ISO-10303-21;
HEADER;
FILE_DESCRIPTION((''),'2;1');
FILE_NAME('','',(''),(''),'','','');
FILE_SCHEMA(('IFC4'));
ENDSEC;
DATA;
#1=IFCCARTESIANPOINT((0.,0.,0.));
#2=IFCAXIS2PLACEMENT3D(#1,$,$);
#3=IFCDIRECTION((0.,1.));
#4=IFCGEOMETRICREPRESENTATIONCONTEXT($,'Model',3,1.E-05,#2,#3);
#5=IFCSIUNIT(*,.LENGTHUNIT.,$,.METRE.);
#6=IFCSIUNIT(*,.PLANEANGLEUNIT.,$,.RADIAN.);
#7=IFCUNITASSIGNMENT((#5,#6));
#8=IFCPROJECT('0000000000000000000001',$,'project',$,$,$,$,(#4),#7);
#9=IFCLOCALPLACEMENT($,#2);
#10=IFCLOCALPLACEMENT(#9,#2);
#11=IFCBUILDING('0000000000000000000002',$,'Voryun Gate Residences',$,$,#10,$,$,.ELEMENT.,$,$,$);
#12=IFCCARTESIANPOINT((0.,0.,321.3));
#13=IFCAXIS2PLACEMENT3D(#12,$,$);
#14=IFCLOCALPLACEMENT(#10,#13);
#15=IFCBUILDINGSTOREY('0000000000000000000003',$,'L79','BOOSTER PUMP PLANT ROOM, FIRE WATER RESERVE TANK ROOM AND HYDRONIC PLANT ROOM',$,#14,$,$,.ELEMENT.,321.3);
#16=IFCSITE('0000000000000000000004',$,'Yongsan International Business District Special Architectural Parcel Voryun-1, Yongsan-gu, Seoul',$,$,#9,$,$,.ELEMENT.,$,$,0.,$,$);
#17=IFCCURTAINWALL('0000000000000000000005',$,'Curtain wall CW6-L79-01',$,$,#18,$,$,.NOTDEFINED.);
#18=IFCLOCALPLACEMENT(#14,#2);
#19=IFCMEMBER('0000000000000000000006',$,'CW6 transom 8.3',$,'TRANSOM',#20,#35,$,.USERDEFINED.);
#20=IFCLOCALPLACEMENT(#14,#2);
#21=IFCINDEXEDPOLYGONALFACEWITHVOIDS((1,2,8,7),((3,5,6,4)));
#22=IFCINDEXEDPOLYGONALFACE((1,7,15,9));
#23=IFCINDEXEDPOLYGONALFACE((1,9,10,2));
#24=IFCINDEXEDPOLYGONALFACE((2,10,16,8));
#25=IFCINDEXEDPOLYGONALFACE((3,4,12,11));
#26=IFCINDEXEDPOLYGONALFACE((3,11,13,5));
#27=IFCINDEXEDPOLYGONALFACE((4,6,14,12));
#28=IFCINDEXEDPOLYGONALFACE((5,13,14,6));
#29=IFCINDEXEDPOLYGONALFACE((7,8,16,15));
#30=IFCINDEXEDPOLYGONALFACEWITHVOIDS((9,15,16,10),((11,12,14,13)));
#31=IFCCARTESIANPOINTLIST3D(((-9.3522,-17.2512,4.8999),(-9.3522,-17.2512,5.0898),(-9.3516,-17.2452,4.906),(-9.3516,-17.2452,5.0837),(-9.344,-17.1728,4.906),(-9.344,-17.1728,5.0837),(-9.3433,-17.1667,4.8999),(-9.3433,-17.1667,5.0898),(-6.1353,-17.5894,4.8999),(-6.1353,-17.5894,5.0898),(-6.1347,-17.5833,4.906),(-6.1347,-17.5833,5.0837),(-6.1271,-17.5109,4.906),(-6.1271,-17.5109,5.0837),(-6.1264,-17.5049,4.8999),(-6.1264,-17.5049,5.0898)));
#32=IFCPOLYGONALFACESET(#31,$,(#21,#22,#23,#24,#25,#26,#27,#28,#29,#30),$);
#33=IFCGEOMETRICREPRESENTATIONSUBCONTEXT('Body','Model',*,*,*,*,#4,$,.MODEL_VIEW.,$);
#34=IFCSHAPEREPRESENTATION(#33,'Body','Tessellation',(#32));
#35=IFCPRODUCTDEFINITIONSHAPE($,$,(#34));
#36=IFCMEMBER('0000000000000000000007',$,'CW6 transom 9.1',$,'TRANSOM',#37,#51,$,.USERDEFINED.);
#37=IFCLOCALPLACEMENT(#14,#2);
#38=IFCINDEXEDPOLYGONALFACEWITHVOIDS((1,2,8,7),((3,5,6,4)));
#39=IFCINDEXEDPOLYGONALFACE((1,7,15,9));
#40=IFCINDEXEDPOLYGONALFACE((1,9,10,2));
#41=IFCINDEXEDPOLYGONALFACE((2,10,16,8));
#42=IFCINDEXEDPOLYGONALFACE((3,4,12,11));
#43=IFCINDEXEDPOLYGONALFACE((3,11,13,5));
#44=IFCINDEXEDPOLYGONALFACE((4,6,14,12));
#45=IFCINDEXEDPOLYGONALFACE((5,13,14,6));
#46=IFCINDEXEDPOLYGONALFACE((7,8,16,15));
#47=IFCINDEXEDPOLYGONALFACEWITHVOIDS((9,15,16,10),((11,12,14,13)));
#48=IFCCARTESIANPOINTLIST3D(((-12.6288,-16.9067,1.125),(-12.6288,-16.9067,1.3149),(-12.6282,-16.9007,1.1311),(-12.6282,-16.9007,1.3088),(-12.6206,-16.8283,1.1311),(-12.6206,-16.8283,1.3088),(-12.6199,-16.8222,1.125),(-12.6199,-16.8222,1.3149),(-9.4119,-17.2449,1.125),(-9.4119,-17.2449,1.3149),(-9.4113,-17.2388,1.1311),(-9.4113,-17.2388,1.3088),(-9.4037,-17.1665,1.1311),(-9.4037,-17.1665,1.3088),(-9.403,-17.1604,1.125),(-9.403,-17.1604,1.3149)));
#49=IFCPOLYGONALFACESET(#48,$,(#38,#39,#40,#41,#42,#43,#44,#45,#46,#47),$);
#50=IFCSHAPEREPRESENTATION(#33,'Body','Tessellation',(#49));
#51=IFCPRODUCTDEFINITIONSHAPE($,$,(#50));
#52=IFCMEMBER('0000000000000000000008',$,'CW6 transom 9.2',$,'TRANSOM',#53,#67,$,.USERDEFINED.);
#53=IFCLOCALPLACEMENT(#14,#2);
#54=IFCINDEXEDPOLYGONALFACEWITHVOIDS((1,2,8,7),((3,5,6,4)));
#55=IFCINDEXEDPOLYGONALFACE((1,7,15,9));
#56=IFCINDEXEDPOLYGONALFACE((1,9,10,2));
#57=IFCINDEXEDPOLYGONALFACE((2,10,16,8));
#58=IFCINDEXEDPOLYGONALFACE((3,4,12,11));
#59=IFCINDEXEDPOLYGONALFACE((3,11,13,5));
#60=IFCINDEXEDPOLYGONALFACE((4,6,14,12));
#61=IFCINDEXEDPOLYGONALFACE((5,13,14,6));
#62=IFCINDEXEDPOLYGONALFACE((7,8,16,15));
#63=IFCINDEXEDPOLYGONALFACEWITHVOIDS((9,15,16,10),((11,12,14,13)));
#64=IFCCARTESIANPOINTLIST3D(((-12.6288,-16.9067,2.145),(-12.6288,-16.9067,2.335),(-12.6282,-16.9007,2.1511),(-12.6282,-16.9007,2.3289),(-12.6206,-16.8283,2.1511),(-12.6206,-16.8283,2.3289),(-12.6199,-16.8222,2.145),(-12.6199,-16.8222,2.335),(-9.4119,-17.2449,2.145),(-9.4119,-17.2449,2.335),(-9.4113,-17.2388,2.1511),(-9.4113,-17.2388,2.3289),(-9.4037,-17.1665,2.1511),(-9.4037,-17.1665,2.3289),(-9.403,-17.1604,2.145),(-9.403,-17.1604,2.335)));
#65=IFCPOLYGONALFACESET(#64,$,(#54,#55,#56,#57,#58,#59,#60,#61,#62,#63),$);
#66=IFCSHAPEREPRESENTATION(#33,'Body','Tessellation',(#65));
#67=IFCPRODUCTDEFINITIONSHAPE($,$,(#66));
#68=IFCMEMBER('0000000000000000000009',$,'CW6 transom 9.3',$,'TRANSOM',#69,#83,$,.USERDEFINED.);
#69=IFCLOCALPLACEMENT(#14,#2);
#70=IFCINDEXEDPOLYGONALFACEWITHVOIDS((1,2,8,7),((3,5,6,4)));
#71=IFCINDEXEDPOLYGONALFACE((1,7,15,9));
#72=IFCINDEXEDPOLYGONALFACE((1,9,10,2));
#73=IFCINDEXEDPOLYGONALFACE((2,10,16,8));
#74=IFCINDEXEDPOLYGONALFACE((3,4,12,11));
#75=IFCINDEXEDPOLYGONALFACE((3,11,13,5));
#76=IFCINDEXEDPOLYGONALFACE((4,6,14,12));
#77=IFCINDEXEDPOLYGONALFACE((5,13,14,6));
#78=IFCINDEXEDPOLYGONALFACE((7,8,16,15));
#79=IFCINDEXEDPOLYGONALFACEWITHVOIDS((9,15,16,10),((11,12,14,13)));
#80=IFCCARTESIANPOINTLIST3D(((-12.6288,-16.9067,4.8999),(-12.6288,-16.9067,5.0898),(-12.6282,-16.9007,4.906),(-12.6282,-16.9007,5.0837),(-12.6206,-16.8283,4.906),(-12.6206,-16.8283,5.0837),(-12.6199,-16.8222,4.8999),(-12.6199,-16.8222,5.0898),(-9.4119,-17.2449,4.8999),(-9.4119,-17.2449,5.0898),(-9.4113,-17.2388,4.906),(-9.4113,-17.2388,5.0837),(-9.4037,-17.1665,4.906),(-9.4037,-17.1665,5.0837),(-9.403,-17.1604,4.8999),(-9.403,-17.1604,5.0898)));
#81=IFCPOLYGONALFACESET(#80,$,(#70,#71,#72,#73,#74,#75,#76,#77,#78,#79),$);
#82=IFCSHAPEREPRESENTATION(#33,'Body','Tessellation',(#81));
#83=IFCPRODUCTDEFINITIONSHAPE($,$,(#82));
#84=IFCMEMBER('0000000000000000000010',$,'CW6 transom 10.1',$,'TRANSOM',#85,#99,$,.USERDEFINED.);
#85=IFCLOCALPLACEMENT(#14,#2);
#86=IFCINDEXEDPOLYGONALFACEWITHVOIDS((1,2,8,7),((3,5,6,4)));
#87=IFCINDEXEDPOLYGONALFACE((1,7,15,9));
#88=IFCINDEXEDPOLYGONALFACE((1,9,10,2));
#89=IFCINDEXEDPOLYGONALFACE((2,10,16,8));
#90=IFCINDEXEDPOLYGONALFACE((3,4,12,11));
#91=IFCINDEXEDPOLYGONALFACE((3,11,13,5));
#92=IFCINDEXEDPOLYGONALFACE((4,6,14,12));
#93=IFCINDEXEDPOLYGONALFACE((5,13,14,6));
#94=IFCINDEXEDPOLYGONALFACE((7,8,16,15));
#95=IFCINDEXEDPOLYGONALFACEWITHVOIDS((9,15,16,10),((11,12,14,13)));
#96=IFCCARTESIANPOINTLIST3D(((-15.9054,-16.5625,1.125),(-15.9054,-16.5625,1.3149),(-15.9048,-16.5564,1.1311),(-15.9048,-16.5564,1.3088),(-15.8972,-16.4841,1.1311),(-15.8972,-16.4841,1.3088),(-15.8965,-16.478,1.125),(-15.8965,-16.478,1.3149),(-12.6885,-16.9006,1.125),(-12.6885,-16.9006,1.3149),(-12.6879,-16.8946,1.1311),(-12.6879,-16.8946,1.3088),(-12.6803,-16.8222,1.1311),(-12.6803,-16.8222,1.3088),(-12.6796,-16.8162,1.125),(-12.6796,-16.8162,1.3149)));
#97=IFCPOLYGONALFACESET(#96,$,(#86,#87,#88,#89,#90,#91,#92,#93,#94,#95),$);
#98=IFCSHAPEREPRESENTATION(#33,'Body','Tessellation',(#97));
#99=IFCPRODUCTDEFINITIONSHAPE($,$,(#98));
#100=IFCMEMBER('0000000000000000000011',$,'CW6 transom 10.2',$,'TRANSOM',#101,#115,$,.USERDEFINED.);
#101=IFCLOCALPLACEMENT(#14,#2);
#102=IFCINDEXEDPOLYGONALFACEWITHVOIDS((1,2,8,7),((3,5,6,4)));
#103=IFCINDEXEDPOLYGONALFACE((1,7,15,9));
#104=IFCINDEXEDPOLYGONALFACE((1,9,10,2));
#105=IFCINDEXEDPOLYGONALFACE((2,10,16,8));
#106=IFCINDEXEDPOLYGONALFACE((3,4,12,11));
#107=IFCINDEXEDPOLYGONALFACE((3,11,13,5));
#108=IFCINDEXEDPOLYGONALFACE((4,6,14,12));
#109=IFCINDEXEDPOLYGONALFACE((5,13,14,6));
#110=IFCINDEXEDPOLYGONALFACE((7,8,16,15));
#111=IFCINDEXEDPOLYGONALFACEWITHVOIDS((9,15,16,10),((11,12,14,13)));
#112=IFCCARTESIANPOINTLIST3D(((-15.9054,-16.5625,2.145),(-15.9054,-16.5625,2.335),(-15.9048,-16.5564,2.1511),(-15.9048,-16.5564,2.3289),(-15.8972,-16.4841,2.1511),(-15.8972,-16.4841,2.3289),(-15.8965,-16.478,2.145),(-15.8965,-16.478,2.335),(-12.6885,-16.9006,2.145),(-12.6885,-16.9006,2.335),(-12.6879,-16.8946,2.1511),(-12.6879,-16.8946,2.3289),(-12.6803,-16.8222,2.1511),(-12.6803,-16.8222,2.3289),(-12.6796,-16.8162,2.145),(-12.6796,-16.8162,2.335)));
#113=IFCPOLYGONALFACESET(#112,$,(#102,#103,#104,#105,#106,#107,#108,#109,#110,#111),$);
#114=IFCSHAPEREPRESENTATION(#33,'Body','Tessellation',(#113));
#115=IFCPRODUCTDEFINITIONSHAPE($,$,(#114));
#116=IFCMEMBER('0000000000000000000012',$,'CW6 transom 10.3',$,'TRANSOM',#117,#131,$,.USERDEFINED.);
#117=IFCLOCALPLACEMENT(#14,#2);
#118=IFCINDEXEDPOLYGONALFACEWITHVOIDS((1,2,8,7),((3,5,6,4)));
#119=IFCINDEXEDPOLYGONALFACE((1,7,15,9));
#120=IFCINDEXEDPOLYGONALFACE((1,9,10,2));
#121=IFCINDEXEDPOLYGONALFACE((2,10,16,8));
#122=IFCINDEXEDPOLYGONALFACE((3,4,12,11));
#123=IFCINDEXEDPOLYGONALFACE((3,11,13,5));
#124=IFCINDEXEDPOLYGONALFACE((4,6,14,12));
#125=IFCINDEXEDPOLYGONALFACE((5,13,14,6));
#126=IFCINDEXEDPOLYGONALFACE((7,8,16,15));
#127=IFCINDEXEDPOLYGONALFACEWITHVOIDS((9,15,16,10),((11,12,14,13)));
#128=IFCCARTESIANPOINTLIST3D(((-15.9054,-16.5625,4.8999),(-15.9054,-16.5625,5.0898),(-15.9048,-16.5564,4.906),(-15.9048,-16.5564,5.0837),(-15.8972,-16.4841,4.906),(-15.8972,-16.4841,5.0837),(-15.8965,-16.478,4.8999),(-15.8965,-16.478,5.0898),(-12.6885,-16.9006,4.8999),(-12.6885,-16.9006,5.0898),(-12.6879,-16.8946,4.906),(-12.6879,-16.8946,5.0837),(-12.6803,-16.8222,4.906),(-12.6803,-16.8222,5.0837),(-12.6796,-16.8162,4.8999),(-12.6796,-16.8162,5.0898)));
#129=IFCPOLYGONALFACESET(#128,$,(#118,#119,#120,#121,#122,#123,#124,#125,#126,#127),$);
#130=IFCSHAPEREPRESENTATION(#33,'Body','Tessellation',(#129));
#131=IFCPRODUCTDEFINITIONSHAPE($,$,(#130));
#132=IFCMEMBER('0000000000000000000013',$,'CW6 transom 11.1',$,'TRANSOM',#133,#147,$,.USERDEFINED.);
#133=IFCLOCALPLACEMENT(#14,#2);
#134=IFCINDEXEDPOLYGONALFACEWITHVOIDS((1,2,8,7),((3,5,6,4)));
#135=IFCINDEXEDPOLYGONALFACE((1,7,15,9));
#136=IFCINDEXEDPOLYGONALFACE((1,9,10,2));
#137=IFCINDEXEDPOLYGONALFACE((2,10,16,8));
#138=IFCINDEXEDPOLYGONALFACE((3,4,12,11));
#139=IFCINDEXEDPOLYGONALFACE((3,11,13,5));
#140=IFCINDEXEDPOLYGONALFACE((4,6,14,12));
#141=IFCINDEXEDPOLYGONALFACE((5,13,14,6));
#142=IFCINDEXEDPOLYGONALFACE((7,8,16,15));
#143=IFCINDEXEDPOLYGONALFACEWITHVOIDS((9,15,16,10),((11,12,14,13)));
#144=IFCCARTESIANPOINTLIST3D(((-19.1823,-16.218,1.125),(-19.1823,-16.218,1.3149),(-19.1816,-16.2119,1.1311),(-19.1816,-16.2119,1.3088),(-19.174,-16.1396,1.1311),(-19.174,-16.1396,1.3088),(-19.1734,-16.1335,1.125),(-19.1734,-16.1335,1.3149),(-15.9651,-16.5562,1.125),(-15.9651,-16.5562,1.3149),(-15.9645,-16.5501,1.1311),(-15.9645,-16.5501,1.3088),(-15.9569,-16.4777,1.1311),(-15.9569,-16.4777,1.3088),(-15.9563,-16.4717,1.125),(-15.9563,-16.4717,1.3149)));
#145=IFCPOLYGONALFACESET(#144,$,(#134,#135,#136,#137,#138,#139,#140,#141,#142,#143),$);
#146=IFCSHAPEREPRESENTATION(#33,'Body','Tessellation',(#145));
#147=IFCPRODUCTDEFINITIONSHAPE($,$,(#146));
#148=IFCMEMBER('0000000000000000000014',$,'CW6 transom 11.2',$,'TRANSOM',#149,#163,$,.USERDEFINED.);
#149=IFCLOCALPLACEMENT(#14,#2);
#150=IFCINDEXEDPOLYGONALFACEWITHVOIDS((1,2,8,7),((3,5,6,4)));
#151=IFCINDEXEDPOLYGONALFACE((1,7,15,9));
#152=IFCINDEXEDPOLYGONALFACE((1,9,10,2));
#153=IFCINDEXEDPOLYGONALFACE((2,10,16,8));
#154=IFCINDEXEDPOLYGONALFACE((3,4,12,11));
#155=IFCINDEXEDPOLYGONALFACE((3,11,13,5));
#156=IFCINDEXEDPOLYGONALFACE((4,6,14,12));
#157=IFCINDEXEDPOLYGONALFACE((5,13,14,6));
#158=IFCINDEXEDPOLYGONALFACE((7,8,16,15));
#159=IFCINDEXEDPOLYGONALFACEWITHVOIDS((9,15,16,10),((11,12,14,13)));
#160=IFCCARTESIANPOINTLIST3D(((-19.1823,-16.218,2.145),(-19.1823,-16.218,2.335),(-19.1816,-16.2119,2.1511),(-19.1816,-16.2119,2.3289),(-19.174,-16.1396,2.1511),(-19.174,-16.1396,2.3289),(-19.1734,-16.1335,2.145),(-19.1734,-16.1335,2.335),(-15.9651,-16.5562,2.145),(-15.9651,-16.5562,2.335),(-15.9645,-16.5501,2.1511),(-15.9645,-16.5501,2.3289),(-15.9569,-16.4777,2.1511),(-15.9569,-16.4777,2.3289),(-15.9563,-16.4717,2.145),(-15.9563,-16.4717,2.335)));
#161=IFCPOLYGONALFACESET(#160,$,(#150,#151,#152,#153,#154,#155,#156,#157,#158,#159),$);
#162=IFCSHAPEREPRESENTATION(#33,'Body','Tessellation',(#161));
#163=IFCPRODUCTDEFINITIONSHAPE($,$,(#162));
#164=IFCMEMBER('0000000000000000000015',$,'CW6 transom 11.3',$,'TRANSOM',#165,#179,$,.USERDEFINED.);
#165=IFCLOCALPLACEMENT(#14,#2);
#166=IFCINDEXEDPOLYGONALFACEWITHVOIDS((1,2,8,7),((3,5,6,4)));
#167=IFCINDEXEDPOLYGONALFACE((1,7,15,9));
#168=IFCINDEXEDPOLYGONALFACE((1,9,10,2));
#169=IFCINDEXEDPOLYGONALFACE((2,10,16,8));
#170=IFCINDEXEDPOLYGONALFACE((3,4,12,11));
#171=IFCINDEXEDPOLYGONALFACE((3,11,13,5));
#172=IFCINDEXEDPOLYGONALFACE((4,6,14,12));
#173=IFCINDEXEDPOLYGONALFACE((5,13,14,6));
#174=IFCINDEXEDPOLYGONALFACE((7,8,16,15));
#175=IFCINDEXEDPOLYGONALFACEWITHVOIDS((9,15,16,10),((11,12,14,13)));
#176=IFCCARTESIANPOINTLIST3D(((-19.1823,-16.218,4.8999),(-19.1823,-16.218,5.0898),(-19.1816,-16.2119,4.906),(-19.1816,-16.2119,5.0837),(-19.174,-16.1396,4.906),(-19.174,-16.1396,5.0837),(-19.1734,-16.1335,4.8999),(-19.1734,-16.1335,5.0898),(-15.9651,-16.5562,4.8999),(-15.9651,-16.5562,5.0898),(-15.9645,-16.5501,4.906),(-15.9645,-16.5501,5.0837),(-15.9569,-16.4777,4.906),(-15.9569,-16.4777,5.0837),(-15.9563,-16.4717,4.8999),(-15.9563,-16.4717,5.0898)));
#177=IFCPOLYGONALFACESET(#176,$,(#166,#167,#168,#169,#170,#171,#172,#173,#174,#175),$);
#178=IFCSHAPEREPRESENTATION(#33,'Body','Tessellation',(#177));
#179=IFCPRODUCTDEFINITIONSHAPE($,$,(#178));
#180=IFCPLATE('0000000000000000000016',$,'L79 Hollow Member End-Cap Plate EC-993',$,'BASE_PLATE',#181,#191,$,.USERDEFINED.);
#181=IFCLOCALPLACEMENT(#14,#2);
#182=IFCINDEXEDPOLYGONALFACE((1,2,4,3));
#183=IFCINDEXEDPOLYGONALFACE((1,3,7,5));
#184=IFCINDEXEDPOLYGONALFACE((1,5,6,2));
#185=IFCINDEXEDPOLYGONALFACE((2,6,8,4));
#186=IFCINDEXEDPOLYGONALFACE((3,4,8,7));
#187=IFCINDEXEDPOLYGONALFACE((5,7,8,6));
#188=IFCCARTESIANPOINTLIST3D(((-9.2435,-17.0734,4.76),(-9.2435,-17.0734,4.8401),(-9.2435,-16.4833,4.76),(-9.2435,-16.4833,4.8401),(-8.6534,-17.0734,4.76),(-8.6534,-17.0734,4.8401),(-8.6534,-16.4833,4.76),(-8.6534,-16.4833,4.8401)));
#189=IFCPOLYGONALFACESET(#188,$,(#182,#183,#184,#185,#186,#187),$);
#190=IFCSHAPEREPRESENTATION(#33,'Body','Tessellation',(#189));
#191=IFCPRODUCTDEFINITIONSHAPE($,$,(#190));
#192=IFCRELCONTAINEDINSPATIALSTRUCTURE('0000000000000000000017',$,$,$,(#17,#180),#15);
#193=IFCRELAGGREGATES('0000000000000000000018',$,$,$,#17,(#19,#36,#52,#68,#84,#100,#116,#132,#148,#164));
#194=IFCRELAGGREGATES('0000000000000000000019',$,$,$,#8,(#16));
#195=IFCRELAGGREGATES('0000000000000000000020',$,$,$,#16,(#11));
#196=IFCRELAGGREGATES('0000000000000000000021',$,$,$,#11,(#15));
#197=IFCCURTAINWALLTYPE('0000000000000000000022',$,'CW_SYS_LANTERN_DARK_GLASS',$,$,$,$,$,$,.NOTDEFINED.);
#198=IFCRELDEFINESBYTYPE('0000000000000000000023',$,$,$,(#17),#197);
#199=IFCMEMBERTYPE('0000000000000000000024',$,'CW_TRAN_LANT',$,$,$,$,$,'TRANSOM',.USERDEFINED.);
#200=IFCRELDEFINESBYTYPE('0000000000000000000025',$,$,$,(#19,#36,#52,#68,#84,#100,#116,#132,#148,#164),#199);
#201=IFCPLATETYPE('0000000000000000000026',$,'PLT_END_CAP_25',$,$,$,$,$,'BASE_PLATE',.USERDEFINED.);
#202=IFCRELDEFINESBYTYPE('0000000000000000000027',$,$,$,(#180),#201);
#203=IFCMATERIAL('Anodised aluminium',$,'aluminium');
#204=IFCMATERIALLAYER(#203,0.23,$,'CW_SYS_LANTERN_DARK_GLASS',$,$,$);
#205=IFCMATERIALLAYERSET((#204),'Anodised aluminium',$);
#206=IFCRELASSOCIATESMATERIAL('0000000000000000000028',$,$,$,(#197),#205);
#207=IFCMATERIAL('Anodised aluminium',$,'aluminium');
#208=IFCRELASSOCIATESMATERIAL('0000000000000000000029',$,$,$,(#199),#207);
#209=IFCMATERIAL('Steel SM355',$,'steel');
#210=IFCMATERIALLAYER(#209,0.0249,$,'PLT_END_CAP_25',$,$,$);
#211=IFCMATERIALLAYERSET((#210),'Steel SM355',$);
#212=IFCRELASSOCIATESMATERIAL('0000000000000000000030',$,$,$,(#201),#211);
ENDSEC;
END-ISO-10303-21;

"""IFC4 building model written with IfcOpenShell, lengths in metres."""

from ifc_helpers import new_model, si_unit, direction, frame, origin, origin_2d, place, context, subcontext, project, spatial, rectangle, hollow_rectangle, extrude, material, layer, layer_set, material_profile, profile_set, type_object, element, aggregate, save


model = new_model("IFC4")

# Units and contexts
model_context = context("Model", 3, precision=1e-05, world=origin(), true_north=direction((0.0, 1.0)))
body_context = subcontext(model_context, "Body", "Model", "MODEL_VIEW")
ifc_project = project(units=[si_unit("LENGTHUNIT", "METRE"), si_unit("PLANEANGLEUNIT", "RADIAN")], contexts=[model_context])

# Site, building, storey
site_placement = place(None, origin())
site = spatial("IfcSite", under=ifc_project, at=site_placement, Name="Yongsan International Business District Special Architectural Parcel Voryun-1, Yongsan-gu, Seoul", CompositionType="ELEMENT", RefElevation=0.0)
building_placement = place(site_placement, origin())
building = spatial("IfcBuilding", under=site, at=building_placement, Name="Voryun Gate Residences", CompositionType="ELEMENT")
storey_placement = place(building_placement, frame((0.0, 0.0, 321.3)))
storey = spatial("IfcBuildingStorey", under=building, at=storey_placement, Name="L79", Description="BOOSTER PUMP PLANT ROOM, FIRE WATER RESERVE TANK ROOM AND HYDRONIC PLANT ROOM", CompositionType="ELEMENT", Elevation=321.3)

# Curtain wall, members
ifc_material_1 = material(Name="Anodised aluminium", Category="aluminium")
ifc_layer_1 = layer(ifc_material_1, 0.23, Name="CW_SYS_LANTERN_DARK_GLASS")
ifc_layer_set_1 = layer_set([ifc_layer_1], Name="Anodised aluminium")
curtain_wall_type = type_object("IfcCurtainWallType", Name="CW_SYS_LANTERN_DARK_GLASS", PredefinedType="NOTDEFINED", material=ifc_layer_set_1)
curtain_wall_placement = place(storey_placement, origin())
curtain_wall = element("IfcCurtainWall", 1, at=curtain_wall_placement, inside=storey, type_object=curtain_wall_type, Name="Curtain wall CW6-L79-01", PredefinedType="NOTDEFINED")
ifc_material_2 = material(Name="Anodised aluminium", Category="aluminium")
ifc_material_profile_1 = material_profile(ifc_material_2, hollow_rectangle(XDim=0.085, YDim=0.1899, WallThickness=0.0061, at=origin_2d()), Name="ALU-TRAN-190x85x6")
ifc_profile_set_1 = profile_set([ifc_material_profile_1], Name="Anodised aluminium")
member_type_1 = type_object("IfcMemberType", Name="CW_TRAN_LANT", ElementType="TRANSOM", PredefinedType="USERDEFINED", material=ifc_profile_set_1)
member_1_placement = place(storey_placement, frame((-6.1309, -17.5471, 4.9949), z_axis=(-0.994521, 0.104539, 0.0), x_axis=(-0.104539, -0.994521, 0.0)))
member_1 = element("IfcMember", 2, at=member_1_placement, type_object=member_type_1, Name="CW6 transom 8.3", ObjectType="TRANSOM", PredefinedType="USERDEFINED", context=body_context, shape_type="SweptSolid", body=[
    extrude(hollow_rectangle(XDim=0.085, YDim=0.1899, WallThickness=0.0061, at=origin_2d()), origin(), (0.0, 0.0, 1.0), 3.2346),
])
member_2_placement = place(storey_placement, frame((-9.4075, -17.2026, 1.22), z_axis=(-0.994521, 0.104539, 0.0), x_axis=(-0.104539, -0.994521, 0.0)))
member_2 = element("IfcMember", 3, at=member_2_placement, type_object=member_type_1, Name="CW6 transom 9.1", ObjectType="TRANSOM", PredefinedType="USERDEFINED", context=body_context, shape_type="SweptSolid", body=[
    extrude(hollow_rectangle(XDim=0.085, YDim=0.1899, WallThickness=0.0061, at=origin_2d()), origin(), (0.0, 0.0, 1.0), 3.2346),
])
member_3_placement = place(storey_placement, frame((-9.4075, -17.2026, 2.24), z_axis=(-0.994521, 0.104539, 0.0), x_axis=(-0.104539, -0.994521, 0.0)))
member_3 = element("IfcMember", 4, at=member_3_placement, type_object=member_type_1, Name="CW6 transom 9.2", ObjectType="TRANSOM", PredefinedType="USERDEFINED", context=body_context, shape_type="SweptSolid", body=[
    extrude(hollow_rectangle(XDim=0.085, YDim=0.1899, WallThickness=0.0061, at=origin_2d()), origin(), (0.0, 0.0, 1.0), 3.2346),
])
member_4_placement = place(storey_placement, frame((-9.4075, -17.2026, 4.9949), z_axis=(-0.994521, 0.104539, 0.0), x_axis=(-0.104539, -0.994521, 0.0)))
member_4 = element("IfcMember", 5, at=member_4_placement, type_object=member_type_1, Name="CW6 transom 9.3", ObjectType="TRANSOM", PredefinedType="USERDEFINED", context=body_context, shape_type="SweptSolid", body=[
    extrude(hollow_rectangle(XDim=0.085, YDim=0.1899, WallThickness=0.0061, at=origin_2d()), origin(), (0.0, 0.0, 1.0), 3.2346),
])
member_5_placement = place(storey_placement, frame((-12.6841, -16.8584, 1.22), z_axis=(-0.994521, 0.104539, 0.0), x_axis=(-0.104539, -0.994521, 0.0)))
member_5 = element("IfcMember", 6, at=member_5_placement, type_object=member_type_1, Name="CW6 transom 10.1", ObjectType="TRANSOM", PredefinedType="USERDEFINED", context=body_context, shape_type="SweptSolid", body=[
    extrude(hollow_rectangle(XDim=0.085, YDim=0.1899, WallThickness=0.0061, at=origin_2d()), origin(), (0.0, 0.0, 1.0), 3.2346),
])
member_6_placement = place(storey_placement, frame((-12.6841, -16.8584, 2.24), z_axis=(-0.994521, 0.104539, 0.0), x_axis=(-0.104539, -0.994521, 0.0)))
member_6 = element("IfcMember", 7, at=member_6_placement, type_object=member_type_1, Name="CW6 transom 10.2", ObjectType="TRANSOM", PredefinedType="USERDEFINED", context=body_context, shape_type="SweptSolid", body=[
    extrude(hollow_rectangle(XDim=0.085, YDim=0.1899, WallThickness=0.0061, at=origin_2d()), origin(), (0.0, 0.0, 1.0), 3.2346),
])
member_7_placement = place(storey_placement, frame((-12.6841, -16.8584, 4.9949), z_axis=(-0.994521, 0.104539, 0.0), x_axis=(-0.104539, -0.994521, 0.0)))
member_7 = element("IfcMember", 8, at=member_7_placement, type_object=member_type_1, Name="CW6 transom 10.3", ObjectType="TRANSOM", PredefinedType="USERDEFINED", context=body_context, shape_type="SweptSolid", body=[
    extrude(hollow_rectangle(XDim=0.085, YDim=0.1899, WallThickness=0.0061, at=origin_2d()), origin(), (0.0, 0.0, 1.0), 3.2346),
])
member_8_placement = place(storey_placement, frame((-15.9607, -16.5139, 1.22), z_axis=(-0.994522, 0.104532, 0.0), x_axis=(-0.104532, -0.994522, 0.0)))
member_8 = element("IfcMember", 9, at=member_8_placement, type_object=member_type_1, Name="CW6 transom 11.1", ObjectType="TRANSOM", PredefinedType="USERDEFINED", context=body_context, shape_type="SweptSolid", body=[
    extrude(hollow_rectangle(XDim=0.085, YDim=0.1899, WallThickness=0.0061, at=origin_2d()), origin(), (0.0, 0.0, 1.0), 3.2349),
])
member_9_placement = place(storey_placement, frame((-15.9607, -16.5139, 2.24), z_axis=(-0.994522, 0.104532, 0.0), x_axis=(-0.104532, -0.994522, 0.0)))
member_9 = element("IfcMember", 10, at=member_9_placement, type_object=member_type_1, Name="CW6 transom 11.2", ObjectType="TRANSOM", PredefinedType="USERDEFINED", context=body_context, shape_type="SweptSolid", body=[
    extrude(hollow_rectangle(XDim=0.085, YDim=0.1899, WallThickness=0.0061, at=origin_2d()), origin(), (0.0, 0.0, 1.0), 3.2349),
])
member_10_placement = place(storey_placement, frame((-15.9607, -16.5139, 4.9949), z_axis=(-0.994522, 0.104532, 0.0), x_axis=(-0.104532, -0.994522, 0.0)))
member_10 = element("IfcMember", 11, at=member_10_placement, type_object=member_type_1, Name="CW6 transom 11.3", ObjectType="TRANSOM", PredefinedType="USERDEFINED", context=body_context, shape_type="SweptSolid", body=[
    extrude(hollow_rectangle(XDim=0.085, YDim=0.1899, WallThickness=0.0061, at=origin_2d()), origin(), (0.0, 0.0, 1.0), 3.2349),
])

# Plate
ifc_material_3 = material(Name="Steel SM355", Category="steel")
ifc_layer_2 = layer(ifc_material_3, 0.0249, Name="PLT_END_CAP_25")
ifc_layer_set_2 = layer_set([ifc_layer_2], Name="Steel SM355")
plate_type_1 = type_object("IfcPlateType", Name="PLT_END_CAP_25", ElementType="BASE_PLATE", PredefinedType="USERDEFINED", material=ifc_layer_set_2)
plate_1_placement = place(storey_placement, frame((-8.9485, -16.7783, 4.76), z_axis=(0.0, 0.0, 1.0), x_axis=(1.0, 0.0, 0.0)))
element("IfcPlate", 12, at=plate_1_placement, inside=storey, type_object=plate_type_1, Name="L79 Hollow Member End-Cap Plate EC-993", ObjectType="BASE_PLATE", PredefinedType="USERDEFINED", context=body_context, shape_type="SweptSolid", body=[
    extrude(rectangle(XDim=0.5901, YDim=0.5901, at=origin_2d()), origin(), (0.0, 0.0, 1.0), 0.0801),
])
aggregate(curtain_wall, [member_1, member_2, member_3, member_4, member_5, member_6, member_7, member_8, member_9, member_10])

save(model, "model.ifc")
